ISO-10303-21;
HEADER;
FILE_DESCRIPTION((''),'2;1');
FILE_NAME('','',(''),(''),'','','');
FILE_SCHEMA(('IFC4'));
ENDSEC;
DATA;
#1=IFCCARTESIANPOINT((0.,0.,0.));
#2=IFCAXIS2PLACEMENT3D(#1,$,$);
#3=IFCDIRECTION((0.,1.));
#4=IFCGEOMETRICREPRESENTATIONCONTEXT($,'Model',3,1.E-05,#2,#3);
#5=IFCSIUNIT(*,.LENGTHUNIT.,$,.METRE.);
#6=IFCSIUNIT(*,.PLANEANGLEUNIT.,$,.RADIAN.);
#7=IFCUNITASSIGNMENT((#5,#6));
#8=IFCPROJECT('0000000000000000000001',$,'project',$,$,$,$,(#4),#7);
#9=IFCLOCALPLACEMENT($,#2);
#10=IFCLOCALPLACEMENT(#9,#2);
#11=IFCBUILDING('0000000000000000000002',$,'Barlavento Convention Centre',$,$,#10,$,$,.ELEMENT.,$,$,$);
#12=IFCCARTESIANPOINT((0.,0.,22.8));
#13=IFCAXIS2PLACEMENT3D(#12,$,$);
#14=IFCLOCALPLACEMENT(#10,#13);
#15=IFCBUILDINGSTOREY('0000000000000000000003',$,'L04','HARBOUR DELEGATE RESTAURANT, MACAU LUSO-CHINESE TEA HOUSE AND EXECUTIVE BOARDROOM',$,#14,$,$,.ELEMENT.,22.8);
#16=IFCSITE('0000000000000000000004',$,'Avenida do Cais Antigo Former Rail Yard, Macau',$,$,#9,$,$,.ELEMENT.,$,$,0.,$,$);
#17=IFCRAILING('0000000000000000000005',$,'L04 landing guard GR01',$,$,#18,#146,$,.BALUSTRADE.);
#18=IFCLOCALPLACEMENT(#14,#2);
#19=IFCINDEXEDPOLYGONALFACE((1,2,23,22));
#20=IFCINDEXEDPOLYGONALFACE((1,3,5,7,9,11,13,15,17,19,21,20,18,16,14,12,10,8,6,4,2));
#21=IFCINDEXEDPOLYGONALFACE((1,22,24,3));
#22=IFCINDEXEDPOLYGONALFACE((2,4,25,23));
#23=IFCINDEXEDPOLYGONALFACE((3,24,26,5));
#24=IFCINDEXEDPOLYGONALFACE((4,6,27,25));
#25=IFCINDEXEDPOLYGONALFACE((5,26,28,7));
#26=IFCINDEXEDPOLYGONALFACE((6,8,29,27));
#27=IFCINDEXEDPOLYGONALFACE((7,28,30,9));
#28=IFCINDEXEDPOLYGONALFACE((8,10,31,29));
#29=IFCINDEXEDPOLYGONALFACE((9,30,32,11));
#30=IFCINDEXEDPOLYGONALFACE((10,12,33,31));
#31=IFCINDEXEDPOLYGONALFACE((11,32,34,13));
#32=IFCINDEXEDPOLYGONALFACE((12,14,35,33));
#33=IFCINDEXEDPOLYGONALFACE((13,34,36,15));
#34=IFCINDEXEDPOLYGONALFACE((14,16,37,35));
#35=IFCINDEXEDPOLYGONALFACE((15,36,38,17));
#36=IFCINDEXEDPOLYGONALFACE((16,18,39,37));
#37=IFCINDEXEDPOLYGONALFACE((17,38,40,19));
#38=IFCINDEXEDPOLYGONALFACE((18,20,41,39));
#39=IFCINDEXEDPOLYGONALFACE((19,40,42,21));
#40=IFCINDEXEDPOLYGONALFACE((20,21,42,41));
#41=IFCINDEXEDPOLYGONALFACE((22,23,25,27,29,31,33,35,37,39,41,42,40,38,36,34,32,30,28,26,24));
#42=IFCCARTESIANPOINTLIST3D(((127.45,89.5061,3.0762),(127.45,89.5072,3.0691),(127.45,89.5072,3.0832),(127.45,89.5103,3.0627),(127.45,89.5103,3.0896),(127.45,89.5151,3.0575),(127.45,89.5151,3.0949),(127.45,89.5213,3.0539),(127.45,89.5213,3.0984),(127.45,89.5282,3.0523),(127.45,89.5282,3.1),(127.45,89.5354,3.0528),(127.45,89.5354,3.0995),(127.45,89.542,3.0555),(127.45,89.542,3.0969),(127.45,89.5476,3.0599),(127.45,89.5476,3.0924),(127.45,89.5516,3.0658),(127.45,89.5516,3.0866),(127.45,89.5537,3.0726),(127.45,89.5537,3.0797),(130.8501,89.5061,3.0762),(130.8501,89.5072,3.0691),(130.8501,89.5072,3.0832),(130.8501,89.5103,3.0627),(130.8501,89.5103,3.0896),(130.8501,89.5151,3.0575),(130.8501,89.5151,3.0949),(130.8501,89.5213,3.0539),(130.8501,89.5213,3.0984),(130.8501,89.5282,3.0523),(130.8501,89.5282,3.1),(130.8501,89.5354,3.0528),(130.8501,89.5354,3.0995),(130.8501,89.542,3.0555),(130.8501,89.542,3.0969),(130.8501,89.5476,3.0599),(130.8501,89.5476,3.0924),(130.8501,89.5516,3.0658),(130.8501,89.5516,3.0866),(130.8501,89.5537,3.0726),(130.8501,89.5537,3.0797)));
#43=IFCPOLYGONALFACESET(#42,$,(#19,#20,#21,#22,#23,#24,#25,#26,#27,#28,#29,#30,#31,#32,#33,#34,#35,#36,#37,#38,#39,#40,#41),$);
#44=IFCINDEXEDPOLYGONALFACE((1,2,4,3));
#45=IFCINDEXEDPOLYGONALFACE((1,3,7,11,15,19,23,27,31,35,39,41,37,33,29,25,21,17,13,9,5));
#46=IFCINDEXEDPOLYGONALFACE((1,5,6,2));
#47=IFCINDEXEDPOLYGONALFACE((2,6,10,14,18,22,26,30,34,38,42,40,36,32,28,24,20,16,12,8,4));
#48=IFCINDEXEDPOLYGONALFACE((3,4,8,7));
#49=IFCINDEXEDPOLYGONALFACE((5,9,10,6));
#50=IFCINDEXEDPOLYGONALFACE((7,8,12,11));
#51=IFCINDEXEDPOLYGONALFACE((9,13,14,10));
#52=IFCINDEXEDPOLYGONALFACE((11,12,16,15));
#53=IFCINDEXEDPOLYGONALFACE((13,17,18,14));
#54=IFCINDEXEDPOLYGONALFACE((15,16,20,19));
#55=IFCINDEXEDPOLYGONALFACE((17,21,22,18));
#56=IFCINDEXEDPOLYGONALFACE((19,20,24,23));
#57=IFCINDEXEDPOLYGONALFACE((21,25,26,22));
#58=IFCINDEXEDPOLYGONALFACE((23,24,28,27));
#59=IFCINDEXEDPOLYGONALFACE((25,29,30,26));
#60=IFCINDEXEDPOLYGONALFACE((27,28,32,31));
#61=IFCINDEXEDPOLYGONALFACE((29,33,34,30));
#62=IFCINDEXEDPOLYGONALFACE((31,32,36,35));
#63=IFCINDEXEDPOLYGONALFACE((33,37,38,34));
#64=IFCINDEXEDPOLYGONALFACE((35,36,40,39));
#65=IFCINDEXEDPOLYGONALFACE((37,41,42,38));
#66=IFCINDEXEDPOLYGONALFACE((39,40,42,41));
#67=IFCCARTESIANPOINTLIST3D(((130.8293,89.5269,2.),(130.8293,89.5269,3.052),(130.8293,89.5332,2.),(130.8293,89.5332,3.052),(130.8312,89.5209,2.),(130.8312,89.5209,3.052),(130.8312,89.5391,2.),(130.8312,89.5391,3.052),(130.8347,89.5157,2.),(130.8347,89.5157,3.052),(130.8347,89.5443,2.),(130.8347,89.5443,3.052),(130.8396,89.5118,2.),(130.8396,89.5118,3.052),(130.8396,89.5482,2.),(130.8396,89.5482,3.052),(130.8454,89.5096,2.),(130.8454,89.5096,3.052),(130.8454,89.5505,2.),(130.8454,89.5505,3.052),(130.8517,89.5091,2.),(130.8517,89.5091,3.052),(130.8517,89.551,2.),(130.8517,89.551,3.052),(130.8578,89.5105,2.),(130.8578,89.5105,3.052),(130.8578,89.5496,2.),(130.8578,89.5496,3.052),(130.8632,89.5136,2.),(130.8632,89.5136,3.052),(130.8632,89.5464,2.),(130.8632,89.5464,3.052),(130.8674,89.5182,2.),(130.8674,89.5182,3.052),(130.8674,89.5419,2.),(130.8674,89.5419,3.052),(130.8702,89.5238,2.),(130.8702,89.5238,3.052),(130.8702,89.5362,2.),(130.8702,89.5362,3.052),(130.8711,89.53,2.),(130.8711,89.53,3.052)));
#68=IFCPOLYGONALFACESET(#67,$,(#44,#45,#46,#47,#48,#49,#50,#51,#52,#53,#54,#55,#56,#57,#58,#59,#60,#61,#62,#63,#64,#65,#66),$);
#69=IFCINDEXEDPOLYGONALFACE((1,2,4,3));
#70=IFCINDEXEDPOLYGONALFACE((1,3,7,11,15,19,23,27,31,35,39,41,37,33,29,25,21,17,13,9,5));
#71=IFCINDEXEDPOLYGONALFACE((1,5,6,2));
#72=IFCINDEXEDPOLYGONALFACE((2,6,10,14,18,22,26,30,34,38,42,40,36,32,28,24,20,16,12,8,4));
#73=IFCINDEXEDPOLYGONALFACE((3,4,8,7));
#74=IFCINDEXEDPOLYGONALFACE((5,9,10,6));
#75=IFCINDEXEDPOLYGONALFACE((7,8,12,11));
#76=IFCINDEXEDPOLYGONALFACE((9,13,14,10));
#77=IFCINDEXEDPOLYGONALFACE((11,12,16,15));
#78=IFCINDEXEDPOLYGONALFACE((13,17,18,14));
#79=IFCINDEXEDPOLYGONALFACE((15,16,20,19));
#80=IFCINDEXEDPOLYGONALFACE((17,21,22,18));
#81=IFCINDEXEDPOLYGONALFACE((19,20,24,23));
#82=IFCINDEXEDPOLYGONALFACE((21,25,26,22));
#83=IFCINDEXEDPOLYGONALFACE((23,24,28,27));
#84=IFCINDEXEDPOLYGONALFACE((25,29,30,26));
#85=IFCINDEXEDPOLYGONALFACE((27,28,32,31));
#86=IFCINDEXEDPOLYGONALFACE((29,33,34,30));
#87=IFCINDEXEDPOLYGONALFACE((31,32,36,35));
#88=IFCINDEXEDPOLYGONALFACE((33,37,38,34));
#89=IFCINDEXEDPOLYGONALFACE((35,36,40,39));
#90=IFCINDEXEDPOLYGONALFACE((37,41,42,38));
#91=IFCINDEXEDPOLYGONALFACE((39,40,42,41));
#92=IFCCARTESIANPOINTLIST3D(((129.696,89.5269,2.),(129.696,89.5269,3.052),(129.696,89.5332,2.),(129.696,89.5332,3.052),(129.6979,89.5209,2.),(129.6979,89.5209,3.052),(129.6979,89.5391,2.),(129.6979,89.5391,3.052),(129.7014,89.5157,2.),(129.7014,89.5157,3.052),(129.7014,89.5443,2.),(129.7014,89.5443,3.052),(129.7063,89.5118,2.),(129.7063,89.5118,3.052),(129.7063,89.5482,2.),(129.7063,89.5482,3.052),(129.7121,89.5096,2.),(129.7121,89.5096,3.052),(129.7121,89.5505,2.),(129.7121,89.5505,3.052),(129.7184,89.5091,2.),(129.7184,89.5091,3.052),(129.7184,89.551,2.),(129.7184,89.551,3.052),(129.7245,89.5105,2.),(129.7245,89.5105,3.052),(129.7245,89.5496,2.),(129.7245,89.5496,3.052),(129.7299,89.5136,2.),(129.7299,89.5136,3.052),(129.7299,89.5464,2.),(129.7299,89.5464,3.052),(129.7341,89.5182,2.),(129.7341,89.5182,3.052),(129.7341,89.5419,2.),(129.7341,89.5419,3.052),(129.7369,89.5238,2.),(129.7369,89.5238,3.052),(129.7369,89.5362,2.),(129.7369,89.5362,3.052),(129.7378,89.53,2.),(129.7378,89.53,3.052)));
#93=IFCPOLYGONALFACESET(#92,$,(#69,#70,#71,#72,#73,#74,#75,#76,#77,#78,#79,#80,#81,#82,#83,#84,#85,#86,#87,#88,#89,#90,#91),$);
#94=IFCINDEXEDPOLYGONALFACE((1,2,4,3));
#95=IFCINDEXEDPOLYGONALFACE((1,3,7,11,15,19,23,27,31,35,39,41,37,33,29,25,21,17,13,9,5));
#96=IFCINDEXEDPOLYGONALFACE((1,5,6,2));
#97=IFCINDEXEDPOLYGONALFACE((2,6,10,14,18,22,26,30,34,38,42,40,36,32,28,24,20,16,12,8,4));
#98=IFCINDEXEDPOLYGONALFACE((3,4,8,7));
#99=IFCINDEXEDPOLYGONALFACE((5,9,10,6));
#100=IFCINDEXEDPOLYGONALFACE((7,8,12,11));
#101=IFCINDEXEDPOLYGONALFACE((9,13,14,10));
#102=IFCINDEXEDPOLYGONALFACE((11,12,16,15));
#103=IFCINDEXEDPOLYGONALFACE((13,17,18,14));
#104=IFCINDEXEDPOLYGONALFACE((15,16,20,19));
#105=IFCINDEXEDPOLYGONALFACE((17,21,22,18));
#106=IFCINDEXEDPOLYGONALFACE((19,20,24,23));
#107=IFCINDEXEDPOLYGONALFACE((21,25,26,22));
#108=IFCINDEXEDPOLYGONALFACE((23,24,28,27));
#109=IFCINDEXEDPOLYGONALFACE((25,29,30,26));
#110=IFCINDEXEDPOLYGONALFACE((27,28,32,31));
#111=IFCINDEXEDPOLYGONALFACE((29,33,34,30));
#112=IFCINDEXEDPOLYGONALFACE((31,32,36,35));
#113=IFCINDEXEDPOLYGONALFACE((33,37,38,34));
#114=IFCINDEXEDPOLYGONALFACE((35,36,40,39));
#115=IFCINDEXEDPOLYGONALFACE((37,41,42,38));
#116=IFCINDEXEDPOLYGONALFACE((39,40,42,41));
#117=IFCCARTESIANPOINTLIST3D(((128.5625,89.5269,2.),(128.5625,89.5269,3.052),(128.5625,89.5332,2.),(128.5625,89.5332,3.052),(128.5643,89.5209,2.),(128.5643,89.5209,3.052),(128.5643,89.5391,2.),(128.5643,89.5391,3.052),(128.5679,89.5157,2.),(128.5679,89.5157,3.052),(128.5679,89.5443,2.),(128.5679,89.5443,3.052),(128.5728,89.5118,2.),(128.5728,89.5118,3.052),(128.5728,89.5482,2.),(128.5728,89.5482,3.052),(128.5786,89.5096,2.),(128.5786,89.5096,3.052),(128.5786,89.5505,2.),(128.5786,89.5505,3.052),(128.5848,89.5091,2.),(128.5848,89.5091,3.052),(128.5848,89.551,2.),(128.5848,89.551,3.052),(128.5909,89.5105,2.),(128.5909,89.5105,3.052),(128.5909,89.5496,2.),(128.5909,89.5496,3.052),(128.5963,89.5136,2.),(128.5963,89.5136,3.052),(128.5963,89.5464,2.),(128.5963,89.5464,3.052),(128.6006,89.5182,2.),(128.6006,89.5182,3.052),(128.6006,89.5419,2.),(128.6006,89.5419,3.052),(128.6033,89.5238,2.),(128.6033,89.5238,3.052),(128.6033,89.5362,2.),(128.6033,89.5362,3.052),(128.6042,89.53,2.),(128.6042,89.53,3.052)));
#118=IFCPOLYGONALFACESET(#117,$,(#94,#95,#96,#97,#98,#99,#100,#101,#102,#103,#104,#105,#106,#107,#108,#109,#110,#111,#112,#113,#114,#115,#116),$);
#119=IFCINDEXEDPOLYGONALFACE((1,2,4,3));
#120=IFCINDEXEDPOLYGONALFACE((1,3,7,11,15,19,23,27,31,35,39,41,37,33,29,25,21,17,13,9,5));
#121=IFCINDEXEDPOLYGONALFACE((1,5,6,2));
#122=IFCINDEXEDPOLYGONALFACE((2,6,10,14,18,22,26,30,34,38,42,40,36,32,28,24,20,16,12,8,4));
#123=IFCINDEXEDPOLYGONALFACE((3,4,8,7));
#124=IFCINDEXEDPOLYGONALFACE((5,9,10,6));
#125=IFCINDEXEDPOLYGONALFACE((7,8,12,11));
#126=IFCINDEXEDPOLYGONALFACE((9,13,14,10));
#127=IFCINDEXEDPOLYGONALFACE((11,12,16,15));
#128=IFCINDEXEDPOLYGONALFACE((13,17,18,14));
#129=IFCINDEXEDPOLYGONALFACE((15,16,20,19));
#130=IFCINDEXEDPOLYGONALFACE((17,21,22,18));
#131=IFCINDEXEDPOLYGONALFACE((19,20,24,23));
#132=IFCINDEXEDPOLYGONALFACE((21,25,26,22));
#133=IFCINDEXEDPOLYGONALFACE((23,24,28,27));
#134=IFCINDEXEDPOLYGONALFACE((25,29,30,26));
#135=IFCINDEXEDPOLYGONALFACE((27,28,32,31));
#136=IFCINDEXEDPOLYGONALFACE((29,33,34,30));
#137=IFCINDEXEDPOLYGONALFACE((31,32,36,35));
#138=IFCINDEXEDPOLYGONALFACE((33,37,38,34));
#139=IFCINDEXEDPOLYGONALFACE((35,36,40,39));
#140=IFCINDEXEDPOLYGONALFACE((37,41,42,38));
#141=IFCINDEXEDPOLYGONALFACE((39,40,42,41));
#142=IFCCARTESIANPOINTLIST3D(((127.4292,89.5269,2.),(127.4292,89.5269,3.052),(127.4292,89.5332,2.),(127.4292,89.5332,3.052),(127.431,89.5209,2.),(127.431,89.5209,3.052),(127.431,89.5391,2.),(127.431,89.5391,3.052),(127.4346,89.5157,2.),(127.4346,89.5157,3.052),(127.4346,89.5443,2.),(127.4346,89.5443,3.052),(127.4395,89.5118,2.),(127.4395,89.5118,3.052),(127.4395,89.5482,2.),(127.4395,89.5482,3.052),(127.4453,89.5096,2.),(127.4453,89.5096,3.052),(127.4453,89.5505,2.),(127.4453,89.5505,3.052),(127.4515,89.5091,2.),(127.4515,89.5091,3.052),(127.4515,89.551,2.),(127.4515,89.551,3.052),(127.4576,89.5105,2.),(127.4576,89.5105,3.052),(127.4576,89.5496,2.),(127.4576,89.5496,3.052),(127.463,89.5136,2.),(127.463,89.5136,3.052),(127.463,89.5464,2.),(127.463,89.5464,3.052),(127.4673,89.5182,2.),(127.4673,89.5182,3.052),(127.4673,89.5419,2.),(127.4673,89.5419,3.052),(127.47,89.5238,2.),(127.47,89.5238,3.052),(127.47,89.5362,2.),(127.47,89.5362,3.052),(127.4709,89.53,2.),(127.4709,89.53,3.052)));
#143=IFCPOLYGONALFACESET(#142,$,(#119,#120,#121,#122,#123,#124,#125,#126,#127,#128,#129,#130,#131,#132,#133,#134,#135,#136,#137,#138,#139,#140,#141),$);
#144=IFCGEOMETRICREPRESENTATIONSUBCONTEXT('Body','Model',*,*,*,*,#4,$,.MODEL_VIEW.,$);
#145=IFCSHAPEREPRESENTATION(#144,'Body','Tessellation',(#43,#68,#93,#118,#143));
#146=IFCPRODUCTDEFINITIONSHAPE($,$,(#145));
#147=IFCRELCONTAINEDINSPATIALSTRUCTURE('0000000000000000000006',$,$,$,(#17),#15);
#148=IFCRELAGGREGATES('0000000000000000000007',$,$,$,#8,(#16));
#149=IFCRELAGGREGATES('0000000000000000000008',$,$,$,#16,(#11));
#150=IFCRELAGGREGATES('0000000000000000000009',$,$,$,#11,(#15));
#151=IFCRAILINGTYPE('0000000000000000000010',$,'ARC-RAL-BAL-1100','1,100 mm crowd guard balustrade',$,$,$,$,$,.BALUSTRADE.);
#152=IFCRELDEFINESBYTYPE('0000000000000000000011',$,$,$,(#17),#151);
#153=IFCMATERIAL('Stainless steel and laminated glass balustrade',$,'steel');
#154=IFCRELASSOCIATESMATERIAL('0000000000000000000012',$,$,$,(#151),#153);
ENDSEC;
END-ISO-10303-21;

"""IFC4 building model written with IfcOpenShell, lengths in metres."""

from ifc_helpers import new_model, si_unit, direction, frame, origin, origin_2d, place, context, subcontext, project, spatial, circle, extrude, material, type_object, element, save


model = new_model("IFC4")

# Units and contexts
model_context = context("Model", 3, precision=1e-05, world=origin(), true_north=direction((0.0, 1.0)))
body_context = subcontext(model_context, "Body", "Model", "MODEL_VIEW")
ifc_project = project(units=[si_unit("LENGTHUNIT", "METRE"), si_unit("PLANEANGLEUNIT", "RADIAN")], contexts=[model_context])

# Site, building, storey
site_placement = place(None, origin())
site = spatial("IfcSite", under=ifc_project, at=site_placement, Name="Avenida do Cais Antigo Former Rail Yard, Macau", CompositionType="ELEMENT", RefElevation=0.0)
building_placement = place(site_placement, origin())
building = spatial("IfcBuilding", under=site, at=building_placement, Name="Barlavento Convention Centre", CompositionType="ELEMENT")
storey_placement = place(building_placement, frame((0.0, 0.0, 22.8)))
storey = spatial("IfcBuildingStorey", under=building, at=storey_placement, Name="L04", Description="HARBOUR DELEGATE RESTAURANT, MACAU LUSO-CHINESE TEA HOUSE AND EXECUTIVE BOARDROOM", CompositionType="ELEMENT", Elevation=22.8)

# Railing
ifc_material_1 = material(Name="Stainless steel and laminated glass balustrade", Category="steel")
railing_type_1 = type_object("IfcRailingType", Name="ARC-RAL-BAL-1100", Description="1,100 mm crowd guard balustrade", PredefinedType="BALUSTRADE", material=ifc_material_1)
railing_1_placement = place(storey_placement, frame((130.8501, 89.53, 2.0)))
element("IfcRailing", 1, at=railing_1_placement, inside=storey, type_object=railing_type_1, Name="L04 landing guard GR01", PredefinedType="BALUSTRADE", context=body_context, shape_type="SweptSolid", body=[
    extrude(circle(Radius=0.0239, at=origin_2d()), frame((0.0, 0.0, 1.0762), z_axis=(-1.0, 0.0, 0.0), x_axis=(0.0, -1.0, 0.0)), (0.0, 0.0, 1.0), 3.4001),
    extrude(circle(Radius=0.021, at=origin_2d()), origin(), (0.0, 0.0, 1.0), 1.052),
    extrude(circle(Radius=0.021, at=origin_2d()), frame((-1.1333, 0.0, 0.0)), (0.0, 0.0, 1.0), 1.052),
    extrude(circle(Radius=0.021, at=origin_2d()), frame((-2.2668, 0.0, 0.0)), (0.0, 0.0, 1.0), 1.052),
    extrude(circle(Radius=0.021, at=origin_2d()), frame((-3.4001, 0.0, 0.0)), (0.0, 0.0, 1.0), 1.052),
])

save(model, "model.ifc")
